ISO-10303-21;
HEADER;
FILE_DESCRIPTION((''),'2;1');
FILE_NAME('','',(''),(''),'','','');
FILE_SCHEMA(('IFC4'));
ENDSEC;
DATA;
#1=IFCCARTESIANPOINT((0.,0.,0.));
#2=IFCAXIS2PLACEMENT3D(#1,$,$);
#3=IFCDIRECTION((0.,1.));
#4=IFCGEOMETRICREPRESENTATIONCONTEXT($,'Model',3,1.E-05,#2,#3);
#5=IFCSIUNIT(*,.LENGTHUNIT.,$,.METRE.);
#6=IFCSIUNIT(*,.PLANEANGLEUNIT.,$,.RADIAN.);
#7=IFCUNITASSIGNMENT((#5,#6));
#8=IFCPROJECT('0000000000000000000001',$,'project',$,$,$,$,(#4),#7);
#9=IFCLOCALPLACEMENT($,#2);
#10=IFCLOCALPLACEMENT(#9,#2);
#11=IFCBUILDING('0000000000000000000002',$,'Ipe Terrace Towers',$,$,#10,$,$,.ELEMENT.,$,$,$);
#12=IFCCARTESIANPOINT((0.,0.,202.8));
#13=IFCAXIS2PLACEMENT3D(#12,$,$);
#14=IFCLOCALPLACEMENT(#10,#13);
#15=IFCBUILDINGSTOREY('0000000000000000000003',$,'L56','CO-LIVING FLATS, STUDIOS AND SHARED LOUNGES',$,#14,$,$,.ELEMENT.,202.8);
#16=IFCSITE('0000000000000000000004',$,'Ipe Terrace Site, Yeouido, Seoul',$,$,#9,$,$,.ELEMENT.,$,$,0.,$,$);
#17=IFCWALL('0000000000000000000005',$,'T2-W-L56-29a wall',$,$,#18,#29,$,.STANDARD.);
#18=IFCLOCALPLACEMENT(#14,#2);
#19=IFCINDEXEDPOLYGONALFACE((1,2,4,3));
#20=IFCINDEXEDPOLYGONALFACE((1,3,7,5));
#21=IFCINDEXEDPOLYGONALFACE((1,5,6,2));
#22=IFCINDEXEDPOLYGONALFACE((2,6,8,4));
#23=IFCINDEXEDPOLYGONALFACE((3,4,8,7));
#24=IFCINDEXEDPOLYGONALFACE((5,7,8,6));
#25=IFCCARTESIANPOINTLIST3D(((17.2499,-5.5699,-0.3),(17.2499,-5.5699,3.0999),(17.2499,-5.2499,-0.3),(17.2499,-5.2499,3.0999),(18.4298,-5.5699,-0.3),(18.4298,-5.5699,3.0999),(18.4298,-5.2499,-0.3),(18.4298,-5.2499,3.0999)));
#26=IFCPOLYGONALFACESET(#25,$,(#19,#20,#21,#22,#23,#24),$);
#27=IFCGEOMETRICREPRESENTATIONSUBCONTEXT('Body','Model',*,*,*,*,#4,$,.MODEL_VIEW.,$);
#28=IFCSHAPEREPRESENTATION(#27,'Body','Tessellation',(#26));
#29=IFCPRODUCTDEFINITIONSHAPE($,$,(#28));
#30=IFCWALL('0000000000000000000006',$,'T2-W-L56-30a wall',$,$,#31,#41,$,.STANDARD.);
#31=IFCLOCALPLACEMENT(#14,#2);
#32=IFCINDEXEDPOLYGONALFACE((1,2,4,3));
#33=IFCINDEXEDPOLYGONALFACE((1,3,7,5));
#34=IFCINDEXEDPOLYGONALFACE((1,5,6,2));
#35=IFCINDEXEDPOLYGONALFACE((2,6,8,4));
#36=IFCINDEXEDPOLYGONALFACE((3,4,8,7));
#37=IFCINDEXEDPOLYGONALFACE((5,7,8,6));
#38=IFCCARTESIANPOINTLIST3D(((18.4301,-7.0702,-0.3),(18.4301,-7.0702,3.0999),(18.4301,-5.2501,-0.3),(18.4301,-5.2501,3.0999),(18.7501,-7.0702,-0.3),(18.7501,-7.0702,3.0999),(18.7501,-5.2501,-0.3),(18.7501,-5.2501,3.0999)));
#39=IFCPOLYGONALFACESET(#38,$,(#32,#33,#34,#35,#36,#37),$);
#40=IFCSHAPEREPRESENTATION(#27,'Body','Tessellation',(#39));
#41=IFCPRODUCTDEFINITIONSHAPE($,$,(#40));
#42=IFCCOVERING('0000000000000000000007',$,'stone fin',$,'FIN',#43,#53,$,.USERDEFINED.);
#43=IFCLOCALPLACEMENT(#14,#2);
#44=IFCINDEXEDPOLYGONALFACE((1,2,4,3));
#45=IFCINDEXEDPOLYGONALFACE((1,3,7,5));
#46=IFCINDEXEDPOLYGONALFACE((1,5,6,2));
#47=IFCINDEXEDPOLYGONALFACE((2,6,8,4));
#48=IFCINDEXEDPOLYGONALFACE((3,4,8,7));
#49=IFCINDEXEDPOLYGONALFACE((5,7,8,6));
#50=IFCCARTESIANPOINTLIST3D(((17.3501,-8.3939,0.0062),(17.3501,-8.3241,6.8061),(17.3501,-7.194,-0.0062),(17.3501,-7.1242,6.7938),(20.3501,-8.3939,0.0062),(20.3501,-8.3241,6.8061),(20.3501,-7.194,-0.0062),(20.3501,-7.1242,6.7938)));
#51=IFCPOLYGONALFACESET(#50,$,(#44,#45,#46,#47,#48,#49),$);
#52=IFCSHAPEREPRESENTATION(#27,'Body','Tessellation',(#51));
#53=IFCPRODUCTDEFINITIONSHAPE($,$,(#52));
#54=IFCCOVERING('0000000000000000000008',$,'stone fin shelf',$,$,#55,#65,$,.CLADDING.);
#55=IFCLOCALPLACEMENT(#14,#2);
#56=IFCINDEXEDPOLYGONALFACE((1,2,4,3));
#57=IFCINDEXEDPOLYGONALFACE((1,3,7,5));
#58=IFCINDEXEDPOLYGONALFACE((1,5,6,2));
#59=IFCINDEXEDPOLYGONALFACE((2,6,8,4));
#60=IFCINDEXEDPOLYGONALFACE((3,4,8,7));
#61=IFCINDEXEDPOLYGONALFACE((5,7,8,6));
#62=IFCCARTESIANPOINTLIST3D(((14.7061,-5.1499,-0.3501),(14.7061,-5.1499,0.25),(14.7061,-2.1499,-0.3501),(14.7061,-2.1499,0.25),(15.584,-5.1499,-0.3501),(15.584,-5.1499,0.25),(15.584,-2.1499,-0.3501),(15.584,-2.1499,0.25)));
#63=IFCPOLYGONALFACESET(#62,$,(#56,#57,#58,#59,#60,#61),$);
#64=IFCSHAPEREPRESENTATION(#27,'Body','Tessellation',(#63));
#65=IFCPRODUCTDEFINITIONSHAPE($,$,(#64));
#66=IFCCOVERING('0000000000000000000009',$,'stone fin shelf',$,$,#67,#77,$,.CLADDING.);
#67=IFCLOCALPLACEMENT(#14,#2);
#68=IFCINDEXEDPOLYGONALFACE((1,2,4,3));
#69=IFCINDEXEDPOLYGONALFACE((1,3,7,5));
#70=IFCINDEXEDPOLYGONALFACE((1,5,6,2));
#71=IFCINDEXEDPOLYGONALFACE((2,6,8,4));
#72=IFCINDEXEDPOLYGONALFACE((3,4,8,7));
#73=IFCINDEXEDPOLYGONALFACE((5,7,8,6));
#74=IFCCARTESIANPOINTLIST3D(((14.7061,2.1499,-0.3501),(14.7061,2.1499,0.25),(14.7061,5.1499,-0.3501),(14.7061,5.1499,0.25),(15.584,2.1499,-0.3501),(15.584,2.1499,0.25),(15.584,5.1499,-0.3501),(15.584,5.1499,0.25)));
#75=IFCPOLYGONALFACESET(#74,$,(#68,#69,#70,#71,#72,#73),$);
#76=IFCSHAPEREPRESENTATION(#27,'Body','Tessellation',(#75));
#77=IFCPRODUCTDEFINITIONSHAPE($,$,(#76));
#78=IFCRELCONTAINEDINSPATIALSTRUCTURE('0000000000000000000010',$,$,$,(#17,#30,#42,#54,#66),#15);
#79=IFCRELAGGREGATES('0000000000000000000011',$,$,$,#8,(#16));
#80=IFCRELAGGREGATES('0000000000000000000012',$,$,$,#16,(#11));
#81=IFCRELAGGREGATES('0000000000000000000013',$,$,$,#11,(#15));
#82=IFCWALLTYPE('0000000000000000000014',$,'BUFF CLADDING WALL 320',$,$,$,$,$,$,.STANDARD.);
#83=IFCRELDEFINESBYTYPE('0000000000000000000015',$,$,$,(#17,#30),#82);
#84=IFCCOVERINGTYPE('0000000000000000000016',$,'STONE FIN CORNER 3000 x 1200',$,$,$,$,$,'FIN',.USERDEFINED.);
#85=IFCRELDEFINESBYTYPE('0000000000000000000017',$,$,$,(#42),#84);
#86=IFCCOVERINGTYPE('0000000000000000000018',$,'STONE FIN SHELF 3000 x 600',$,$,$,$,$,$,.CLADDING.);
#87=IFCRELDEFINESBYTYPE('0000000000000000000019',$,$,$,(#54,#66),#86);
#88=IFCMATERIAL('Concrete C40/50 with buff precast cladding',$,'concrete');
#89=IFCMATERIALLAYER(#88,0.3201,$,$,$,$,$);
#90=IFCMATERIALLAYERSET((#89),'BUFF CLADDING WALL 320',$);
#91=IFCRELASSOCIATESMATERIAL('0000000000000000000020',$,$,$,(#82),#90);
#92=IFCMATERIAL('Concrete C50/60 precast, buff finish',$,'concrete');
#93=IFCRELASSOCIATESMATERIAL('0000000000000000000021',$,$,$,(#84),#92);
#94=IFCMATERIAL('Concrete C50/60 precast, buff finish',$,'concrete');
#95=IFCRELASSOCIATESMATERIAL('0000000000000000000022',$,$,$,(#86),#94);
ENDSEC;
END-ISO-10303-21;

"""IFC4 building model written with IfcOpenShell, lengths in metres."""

from ifc_helpers import new_model, si_unit, direction, frame, frame_2d, origin, origin_2d, place, context, subcontext, project, spatial, rectangle, extrude, material, layer, layer_set, material_profile, profile_set, type_object, element, save


model = new_model("IFC4")

# Units and contexts
model_context = context("Model", 3, precision=1e-05, world=origin(), true_north=direction((0.0, 1.0)))
body_context = subcontext(model_context, "Body", "Model", "MODEL_VIEW")
ifc_project = project(units=[si_unit("LENGTHUNIT", "METRE"), si_unit("PLANEANGLEUNIT", "RADIAN")], contexts=[model_context])

# Site, building, storey
site_placement = place(None, origin())
site = spatial("IfcSite", under=ifc_project, at=site_placement, Name="Ipe Terrace Site, Yeouido, Seoul", CompositionType="ELEMENT", RefElevation=0.0)
building_placement = place(site_placement, origin())
building = spatial("IfcBuilding", under=site, at=building_placement, Name="Ipe Terrace Towers", CompositionType="ELEMENT")
storey_placement = place(building_placement, frame((0.0, 0.0, 202.8)))
storey = spatial("IfcBuildingStorey", under=building, at=storey_placement, Name="L56", Description="CO-LIVING FLATS, STUDIOS AND SHARED LOUNGES", CompositionType="ELEMENT", Elevation=202.8)

# Shared definitions
ifc_material_1 = material(Name="Concrete C40/50 with buff precast cladding", Category="concrete")
ifc_layer_1 = layer(ifc_material_1, 0.3201)
ifc_layer_set_1 = layer_set([ifc_layer_1], Name="BUFF CLADDING WALL 320")
wall_type = type_object("IfcWallType", Name="BUFF CLADDING WALL 320", PredefinedType="STANDARD", material=ifc_layer_set_1)

# Walls
wall_1_placement = place(storey_placement, frame((17.25, -5.4099, -0.3), z_axis=(0.0, 0.0, 1.0), x_axis=(1.0, 0.0, 0.0)))
element("IfcWall", 1, at=wall_1_placement, inside=storey, type_object=wall_type, Name="T2-W-L56-29a wall", PredefinedType="STANDARD", context=body_context, shape_type="SweptSolid", body=[
    extrude(rectangle(XDim=1.1799, YDim=0.3201, at=frame_2d((0.5898, 0.0))), origin(), (0.0, 0.0, 1.0), 3.3999),
])
wall_2_placement = place(storey_placement, frame((18.5901, -5.25, -0.3), z_axis=(0.0, 0.0, 1.0), x_axis=(0.0, -1.0, 0.0)))
element("IfcWall", 2, at=wall_2_placement, inside=storey, type_object=wall_type, Name="T2-W-L56-30a wall", PredefinedType="STANDARD", context=body_context, shape_type="SweptSolid", body=[
    extrude(rectangle(XDim=1.8201, YDim=0.3201, at=frame_2d((0.9102, 0.0))), origin(), (0.0, 0.0, 1.0), 3.3999),
])

# Coverings
ifc_material_2 = material(Name="Concrete C50/60 precast, buff finish", Category="concrete")
ifc_material_profile_1 = material_profile(ifc_material_2, rectangle(XDim=3.0, YDim=1.2, at=origin_2d()), Name="STONE FIN CORNER 3000 x 1200")
ifc_profile_set_1 = profile_set([ifc_material_profile_1], Name="Concrete C50/60 precast, buff finish")
covering_type_1 = type_object("IfcCoveringType", Name="STONE FIN CORNER 3000 x 1200", ElementType="FIN", PredefinedType="USERDEFINED", material=ifc_profile_set_1)
covering_placement = place(storey_placement, frame((18.8501, -7.7939, 0.0), z_axis=(0.0, 0.010268, 0.999947), x_axis=(1.0, 0.0, 0.0)))
element("IfcCovering", 3, at=covering_placement, inside=storey, type_object=covering_type_1, Name="stone fin", ObjectType="FIN", PredefinedType="USERDEFINED", context=body_context, shape_type="SweptSolid", body=[
    extrude(rectangle(XDim=3.0, YDim=1.2, at=origin_2d()), origin(), (0.0, 0.0, 1.0), 6.8003),
])
ifc_material_3 = material(Name="Concrete C50/60 precast, buff finish", Category="concrete")
covering_type_2 = type_object("IfcCoveringType", Name="STONE FIN SHELF 3000 x 600", PredefinedType="CLADDING", material=ifc_material_3)
for number, where, z_axis, x_axis, name in (
    (4, (15.145, -3.6499, -0.3501), (0.0, 0.0, 1.0), (0.0, -1.0, 0.0), "stone fin shelf"),
    (5, (15.145, 3.6499, -0.3501), (0.0, 0.0, 1.0), (0.0, -1.0, 0.0), "stone fin shelf"),
):
    element("IfcCovering", number, at=place(storey_placement, frame(where, z_axis=z_axis, x_axis=x_axis)), inside=storey, type_object=covering_type_2, Name=name, PredefinedType="CLADDING", context=body_context, shape_type="SweptSolid", body=[
        extrude(rectangle(XDim=3.0, YDim=0.8779, at=origin_2d()), origin(), (0.0, 0.0, 1.0), 0.6001),
    ])

save(model, "model.ifc")
